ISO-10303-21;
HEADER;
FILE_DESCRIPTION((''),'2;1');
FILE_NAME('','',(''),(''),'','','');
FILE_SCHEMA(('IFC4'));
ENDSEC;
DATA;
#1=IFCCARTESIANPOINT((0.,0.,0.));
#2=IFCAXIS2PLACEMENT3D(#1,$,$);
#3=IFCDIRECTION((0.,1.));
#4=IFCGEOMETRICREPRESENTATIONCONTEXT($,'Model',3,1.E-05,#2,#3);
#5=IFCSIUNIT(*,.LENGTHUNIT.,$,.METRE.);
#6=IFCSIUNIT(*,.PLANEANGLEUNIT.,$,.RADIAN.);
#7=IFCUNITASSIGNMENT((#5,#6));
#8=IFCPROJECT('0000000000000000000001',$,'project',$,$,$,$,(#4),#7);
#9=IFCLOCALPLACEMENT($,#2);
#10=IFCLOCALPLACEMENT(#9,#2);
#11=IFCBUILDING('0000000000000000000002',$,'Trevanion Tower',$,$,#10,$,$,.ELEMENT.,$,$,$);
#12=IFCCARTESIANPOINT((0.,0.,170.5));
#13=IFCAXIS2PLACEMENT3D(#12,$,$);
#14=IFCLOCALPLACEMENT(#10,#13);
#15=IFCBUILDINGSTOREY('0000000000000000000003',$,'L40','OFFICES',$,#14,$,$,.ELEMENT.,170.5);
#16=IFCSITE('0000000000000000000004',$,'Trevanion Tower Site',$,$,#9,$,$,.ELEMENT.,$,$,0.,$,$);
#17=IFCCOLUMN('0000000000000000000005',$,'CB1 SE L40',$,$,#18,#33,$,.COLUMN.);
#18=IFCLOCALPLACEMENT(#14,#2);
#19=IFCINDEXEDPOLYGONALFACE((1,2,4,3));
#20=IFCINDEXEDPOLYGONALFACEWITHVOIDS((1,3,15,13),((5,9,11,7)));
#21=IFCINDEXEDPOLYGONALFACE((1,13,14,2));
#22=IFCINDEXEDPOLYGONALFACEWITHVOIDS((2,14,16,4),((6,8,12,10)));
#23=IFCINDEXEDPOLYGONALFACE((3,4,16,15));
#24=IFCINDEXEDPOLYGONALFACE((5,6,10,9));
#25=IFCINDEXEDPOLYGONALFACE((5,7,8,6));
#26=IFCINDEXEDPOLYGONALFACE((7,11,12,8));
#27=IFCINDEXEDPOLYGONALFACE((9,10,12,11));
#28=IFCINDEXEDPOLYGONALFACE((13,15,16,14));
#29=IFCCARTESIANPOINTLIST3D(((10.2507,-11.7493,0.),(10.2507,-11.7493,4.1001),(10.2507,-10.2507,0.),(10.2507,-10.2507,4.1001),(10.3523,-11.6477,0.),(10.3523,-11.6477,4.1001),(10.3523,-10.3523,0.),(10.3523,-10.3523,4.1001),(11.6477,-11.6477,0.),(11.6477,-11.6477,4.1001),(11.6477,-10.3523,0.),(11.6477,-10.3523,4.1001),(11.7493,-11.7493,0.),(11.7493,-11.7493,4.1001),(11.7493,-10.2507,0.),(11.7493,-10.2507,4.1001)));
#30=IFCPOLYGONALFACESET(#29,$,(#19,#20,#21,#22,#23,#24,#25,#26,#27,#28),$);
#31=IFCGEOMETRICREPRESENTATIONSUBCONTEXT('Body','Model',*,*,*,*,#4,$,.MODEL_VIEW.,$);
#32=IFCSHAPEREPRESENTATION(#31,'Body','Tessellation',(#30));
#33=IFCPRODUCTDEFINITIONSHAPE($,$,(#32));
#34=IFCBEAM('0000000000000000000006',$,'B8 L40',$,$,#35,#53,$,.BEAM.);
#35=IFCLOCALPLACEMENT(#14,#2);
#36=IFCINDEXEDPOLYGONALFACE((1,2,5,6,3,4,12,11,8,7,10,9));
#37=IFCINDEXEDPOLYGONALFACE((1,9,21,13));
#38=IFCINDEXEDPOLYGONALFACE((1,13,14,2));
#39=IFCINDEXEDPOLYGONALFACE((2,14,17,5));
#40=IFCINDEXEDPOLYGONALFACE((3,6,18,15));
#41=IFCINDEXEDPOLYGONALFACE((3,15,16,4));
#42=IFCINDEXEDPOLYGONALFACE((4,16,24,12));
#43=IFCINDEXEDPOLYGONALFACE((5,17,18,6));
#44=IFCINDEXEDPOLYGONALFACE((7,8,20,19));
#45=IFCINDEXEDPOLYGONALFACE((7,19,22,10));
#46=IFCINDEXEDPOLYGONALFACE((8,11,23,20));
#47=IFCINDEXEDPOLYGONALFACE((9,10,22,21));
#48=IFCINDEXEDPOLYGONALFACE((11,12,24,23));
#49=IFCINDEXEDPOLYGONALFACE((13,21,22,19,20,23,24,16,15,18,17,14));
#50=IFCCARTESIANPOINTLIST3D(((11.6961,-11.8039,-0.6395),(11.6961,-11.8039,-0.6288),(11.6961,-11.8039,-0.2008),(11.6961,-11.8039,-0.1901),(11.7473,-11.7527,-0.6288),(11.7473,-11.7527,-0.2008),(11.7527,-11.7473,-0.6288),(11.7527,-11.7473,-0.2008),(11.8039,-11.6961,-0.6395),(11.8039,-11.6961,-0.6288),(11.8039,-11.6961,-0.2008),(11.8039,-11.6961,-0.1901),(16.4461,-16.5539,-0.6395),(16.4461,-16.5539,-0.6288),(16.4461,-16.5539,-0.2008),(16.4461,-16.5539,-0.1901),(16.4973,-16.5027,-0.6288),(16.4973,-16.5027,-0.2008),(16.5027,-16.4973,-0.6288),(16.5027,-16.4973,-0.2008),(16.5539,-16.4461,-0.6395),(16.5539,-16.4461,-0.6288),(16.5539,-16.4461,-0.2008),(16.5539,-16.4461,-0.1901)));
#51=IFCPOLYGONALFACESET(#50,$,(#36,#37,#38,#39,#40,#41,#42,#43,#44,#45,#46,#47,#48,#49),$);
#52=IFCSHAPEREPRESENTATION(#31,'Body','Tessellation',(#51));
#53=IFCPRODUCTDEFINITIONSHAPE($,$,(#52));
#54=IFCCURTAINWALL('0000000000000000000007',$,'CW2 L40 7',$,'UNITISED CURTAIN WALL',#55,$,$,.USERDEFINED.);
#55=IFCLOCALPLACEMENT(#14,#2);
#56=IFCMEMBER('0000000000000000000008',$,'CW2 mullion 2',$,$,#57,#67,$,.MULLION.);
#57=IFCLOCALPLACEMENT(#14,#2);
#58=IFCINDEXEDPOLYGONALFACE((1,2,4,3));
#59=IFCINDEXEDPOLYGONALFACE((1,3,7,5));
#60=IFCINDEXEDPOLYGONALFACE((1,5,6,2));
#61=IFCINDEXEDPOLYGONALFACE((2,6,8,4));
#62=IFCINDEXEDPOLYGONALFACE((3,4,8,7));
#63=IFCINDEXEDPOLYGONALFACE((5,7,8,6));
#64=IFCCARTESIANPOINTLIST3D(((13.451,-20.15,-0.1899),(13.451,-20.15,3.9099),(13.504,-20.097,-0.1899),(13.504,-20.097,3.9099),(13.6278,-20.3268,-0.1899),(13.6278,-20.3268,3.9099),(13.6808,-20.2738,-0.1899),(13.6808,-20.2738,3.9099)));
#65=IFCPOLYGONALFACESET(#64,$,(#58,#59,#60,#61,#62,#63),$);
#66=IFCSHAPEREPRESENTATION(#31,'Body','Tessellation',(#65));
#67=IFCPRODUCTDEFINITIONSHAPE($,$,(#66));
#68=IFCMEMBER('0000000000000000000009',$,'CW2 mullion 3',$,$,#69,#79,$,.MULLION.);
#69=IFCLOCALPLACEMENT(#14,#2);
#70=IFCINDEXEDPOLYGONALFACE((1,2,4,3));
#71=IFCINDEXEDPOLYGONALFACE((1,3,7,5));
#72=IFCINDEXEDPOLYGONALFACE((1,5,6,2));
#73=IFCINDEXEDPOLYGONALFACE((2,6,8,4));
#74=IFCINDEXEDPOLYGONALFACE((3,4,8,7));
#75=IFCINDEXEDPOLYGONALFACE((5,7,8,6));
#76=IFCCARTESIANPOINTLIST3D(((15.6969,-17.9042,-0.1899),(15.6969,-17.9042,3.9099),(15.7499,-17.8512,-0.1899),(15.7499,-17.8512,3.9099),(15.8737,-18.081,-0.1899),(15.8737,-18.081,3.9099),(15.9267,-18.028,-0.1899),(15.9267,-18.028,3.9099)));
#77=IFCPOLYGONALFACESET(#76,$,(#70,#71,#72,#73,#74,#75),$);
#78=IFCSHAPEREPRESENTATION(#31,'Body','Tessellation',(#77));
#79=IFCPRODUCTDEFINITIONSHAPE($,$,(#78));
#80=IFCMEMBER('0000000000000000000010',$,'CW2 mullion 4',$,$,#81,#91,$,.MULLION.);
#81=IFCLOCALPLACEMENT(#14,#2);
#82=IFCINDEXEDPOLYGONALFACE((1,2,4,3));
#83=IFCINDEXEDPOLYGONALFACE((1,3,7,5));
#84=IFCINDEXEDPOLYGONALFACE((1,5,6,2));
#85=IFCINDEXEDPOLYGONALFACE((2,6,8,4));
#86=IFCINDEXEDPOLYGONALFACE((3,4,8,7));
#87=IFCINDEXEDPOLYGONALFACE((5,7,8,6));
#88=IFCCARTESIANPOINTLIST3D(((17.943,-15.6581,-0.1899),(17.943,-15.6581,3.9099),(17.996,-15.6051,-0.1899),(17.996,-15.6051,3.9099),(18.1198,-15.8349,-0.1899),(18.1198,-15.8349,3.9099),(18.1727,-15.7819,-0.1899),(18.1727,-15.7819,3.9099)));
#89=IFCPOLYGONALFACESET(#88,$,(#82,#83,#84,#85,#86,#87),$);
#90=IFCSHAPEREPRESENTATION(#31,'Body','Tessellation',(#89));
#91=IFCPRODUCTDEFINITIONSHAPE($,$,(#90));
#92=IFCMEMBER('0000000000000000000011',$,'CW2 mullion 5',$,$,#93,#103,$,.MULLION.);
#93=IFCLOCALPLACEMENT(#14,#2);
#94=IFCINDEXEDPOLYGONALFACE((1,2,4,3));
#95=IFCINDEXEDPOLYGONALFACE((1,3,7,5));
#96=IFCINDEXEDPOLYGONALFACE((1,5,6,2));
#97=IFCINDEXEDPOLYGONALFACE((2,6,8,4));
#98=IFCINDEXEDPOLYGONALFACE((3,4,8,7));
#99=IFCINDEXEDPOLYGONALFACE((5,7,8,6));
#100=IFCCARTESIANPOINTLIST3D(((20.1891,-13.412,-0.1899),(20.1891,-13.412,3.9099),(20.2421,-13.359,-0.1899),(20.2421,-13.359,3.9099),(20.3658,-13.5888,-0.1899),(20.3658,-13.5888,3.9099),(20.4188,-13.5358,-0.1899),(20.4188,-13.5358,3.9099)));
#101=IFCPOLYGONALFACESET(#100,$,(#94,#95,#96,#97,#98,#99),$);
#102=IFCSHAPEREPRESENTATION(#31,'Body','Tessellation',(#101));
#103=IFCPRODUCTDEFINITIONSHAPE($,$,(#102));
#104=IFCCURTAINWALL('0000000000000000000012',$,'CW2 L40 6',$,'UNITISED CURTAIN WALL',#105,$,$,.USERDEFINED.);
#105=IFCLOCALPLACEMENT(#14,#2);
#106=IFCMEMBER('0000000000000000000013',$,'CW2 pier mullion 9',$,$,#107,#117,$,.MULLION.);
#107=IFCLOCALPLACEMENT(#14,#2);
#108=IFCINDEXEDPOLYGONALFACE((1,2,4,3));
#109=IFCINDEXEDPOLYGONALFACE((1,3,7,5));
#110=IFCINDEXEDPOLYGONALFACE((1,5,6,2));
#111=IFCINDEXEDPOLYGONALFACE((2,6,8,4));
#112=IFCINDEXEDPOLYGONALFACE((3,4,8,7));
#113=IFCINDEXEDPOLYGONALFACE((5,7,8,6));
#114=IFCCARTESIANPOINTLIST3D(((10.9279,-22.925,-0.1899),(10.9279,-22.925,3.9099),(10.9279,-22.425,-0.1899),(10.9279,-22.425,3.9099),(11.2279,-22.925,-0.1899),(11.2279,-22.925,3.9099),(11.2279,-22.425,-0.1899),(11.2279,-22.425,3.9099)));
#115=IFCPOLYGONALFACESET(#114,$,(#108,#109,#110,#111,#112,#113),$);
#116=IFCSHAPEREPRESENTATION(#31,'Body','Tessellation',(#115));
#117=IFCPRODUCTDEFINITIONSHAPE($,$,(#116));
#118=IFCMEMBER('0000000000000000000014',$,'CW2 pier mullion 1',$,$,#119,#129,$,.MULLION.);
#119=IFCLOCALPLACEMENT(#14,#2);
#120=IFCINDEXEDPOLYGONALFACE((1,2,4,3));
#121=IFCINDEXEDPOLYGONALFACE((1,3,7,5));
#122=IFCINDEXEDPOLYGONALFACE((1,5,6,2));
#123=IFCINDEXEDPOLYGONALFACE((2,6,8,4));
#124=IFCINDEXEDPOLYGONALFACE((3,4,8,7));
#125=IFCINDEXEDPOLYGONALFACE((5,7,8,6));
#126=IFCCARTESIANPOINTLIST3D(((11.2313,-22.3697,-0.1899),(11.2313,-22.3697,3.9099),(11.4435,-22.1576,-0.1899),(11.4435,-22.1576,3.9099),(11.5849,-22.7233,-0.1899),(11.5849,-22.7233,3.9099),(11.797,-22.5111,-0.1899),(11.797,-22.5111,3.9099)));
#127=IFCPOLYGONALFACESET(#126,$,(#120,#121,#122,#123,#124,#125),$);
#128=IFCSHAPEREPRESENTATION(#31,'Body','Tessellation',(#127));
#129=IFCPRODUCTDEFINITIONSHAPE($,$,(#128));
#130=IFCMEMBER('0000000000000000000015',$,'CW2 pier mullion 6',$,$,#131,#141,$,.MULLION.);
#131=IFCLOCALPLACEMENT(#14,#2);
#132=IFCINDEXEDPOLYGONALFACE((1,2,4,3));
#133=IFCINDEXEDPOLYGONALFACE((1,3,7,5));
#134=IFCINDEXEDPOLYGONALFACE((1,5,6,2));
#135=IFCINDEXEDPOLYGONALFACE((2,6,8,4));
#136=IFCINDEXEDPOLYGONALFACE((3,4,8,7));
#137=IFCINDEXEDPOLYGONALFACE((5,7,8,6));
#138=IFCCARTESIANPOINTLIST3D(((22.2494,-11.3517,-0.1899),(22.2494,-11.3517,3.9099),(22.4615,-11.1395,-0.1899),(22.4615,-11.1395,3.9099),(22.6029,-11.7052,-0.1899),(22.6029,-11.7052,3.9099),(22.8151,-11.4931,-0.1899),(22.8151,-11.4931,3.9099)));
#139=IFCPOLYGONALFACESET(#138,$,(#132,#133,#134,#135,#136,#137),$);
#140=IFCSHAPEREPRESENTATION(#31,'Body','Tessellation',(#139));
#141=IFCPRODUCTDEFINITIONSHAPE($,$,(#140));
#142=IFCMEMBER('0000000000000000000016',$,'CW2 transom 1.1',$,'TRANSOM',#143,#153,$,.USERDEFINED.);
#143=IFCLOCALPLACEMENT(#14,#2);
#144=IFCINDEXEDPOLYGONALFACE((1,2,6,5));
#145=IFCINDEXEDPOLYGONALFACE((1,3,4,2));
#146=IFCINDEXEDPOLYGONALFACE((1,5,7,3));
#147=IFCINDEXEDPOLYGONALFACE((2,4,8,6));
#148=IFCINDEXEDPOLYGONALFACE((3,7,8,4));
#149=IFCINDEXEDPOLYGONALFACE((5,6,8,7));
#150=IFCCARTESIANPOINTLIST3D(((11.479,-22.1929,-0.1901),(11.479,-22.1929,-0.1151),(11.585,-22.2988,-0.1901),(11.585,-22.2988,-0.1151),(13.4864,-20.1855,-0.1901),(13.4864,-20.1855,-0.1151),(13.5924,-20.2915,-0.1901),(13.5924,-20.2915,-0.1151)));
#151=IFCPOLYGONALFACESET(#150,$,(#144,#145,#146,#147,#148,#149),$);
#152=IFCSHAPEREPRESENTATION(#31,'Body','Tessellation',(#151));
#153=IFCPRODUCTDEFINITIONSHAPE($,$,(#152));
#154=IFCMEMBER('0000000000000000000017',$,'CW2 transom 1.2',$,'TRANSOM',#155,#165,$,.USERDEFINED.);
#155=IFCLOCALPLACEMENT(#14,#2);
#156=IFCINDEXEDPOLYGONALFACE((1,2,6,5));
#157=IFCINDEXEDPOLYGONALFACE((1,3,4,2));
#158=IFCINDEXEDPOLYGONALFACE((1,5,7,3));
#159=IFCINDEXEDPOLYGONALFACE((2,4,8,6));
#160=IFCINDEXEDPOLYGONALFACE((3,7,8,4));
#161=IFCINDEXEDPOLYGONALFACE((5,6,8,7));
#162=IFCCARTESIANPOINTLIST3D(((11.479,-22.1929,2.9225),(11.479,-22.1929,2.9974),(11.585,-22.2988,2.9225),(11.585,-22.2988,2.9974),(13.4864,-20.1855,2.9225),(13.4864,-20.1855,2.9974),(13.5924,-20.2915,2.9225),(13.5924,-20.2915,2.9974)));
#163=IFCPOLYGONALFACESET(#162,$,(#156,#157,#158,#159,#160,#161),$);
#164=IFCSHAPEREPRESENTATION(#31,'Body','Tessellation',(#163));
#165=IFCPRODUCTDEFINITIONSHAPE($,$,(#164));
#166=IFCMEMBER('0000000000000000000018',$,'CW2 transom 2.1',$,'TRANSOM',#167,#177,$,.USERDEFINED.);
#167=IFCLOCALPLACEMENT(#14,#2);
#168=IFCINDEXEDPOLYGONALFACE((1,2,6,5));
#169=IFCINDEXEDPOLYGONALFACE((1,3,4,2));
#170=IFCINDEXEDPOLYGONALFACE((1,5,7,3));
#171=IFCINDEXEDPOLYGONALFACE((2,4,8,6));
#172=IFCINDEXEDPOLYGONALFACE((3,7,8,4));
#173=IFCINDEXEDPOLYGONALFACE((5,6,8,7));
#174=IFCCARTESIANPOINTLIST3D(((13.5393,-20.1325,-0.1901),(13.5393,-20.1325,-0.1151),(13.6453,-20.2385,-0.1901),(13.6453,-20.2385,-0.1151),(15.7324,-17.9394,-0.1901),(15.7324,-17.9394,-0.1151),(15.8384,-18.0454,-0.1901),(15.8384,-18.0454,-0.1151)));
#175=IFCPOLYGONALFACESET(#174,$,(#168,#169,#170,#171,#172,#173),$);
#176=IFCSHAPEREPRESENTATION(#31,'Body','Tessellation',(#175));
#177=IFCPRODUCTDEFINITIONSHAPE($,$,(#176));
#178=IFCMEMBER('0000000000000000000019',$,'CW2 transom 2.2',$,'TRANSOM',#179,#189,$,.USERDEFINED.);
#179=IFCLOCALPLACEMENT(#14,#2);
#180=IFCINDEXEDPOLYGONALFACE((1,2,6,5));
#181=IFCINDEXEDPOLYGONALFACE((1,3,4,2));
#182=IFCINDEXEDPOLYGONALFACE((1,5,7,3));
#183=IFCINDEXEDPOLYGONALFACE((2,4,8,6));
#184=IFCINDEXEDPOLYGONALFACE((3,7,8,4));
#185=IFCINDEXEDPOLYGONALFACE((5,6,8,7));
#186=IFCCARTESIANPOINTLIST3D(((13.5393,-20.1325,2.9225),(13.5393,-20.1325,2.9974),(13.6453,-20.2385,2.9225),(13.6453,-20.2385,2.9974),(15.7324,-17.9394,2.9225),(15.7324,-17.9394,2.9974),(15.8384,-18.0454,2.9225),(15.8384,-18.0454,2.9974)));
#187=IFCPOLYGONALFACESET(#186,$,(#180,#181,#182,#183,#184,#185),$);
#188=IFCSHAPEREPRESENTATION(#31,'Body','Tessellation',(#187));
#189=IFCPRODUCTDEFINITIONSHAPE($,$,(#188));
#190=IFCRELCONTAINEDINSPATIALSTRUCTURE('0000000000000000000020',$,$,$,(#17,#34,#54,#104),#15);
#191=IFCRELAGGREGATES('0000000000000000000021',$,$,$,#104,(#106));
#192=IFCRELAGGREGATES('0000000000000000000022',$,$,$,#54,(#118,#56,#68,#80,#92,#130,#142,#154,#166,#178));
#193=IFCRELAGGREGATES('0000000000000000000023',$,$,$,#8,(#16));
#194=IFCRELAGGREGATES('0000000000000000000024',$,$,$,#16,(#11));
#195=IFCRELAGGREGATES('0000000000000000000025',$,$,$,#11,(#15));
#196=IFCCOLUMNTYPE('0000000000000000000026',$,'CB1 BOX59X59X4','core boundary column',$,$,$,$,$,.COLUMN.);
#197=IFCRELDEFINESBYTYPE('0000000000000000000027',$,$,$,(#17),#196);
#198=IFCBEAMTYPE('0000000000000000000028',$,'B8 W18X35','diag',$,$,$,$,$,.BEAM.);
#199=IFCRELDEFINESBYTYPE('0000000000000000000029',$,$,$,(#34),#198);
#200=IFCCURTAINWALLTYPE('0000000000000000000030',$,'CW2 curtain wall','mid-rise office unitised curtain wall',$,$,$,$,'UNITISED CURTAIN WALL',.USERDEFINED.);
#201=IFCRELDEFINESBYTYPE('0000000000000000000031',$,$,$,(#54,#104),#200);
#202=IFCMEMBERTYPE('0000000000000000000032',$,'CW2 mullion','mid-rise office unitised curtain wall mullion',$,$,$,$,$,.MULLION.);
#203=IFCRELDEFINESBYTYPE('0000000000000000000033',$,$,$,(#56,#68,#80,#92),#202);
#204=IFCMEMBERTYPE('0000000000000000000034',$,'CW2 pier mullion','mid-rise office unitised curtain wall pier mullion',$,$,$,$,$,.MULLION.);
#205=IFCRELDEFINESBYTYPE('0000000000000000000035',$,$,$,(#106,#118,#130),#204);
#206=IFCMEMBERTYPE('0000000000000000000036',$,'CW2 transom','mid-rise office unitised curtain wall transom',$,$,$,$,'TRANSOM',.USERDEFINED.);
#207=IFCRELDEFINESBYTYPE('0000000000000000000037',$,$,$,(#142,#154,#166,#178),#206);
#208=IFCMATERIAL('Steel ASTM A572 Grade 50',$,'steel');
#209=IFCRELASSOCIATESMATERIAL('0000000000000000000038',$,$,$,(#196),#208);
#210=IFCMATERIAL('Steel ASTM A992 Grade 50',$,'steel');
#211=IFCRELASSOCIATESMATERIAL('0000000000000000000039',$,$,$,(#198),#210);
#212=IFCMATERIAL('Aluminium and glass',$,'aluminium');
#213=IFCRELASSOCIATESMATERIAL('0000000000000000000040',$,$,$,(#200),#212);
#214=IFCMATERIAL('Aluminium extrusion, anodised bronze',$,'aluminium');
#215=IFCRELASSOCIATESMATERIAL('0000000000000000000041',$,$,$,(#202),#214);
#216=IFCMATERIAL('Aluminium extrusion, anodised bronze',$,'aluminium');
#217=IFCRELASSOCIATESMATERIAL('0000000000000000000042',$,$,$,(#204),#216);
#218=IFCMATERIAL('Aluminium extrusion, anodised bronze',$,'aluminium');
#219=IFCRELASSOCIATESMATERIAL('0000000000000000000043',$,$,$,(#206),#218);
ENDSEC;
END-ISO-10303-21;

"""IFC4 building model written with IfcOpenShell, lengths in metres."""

from ifc_helpers import new_model, si_unit, direction, frame, origin, origin_2d, place, context, subcontext, project, spatial, rectangle, hollow_rectangle, i_section, extrude, material, material_profile, profile_set, type_object, element, aggregate, save


model = new_model("IFC4")

# Units and contexts
model_context = context("Model", 3, precision=1e-05, world=origin(), true_north=direction((0.0, 1.0)))
body_context = subcontext(model_context, "Body", "Model", "MODEL_VIEW")
ifc_project = project(units=[si_unit("LENGTHUNIT", "METRE"), si_unit("PLANEANGLEUNIT", "RADIAN")], contexts=[model_context])

# Site, building, storey
site_placement = place(None, origin())
site = spatial("IfcSite", under=ifc_project, at=site_placement, Name="Trevanion Tower Site", CompositionType="ELEMENT", RefElevation=0.0)
building_placement = place(site_placement, origin())
building = spatial("IfcBuilding", under=site, at=building_placement, Name="Trevanion Tower", CompositionType="ELEMENT")
storey_placement = place(building_placement, frame((0.0, 0.0, 170.5)))
storey = spatial("IfcBuildingStorey", under=building, at=storey_placement, Name="L40", Description="OFFICES", CompositionType="ELEMENT", Elevation=170.5)

# Column
ifc_material_1 = material(Name="Steel ASTM A572 Grade 50", Category="steel")
ifc_material_profile_1 = material_profile(ifc_material_1, hollow_rectangle(XDim=1.4985, YDim=1.4985, WallThickness=0.1016, at=origin_2d()), Name="BOX59X59X4")
ifc_profile_set_1 = profile_set([ifc_material_profile_1], Name="Steel ASTM A572 Grade 50")
column_type = type_object("IfcColumnType", Name="CB1 BOX59X59X4", Description="core boundary column", PredefinedType="COLUMN", material=ifc_profile_set_1)
column_placement = place(storey_placement, frame((11.0, -11.0, 0.0), z_axis=(0.0, 0.0, 1.0), x_axis=(1.0, 0.0, 0.0)))
element("IfcColumn", 1, at=column_placement, inside=storey, type_object=column_type, Name="CB1 SE L40", PredefinedType="COLUMN", context=body_context, shape_type="SweptSolid", body=[
    extrude(hollow_rectangle(XDim=1.4985, YDim=1.4985, WallThickness=0.1016, at=origin_2d()), origin(), (0.0, 0.0, 1.0), 4.1001),
])

# Beam
ifc_material_2 = material(Name="Steel ASTM A992 Grade 50", Category="steel")
ifc_material_profile_2 = material_profile(ifc_material_2, i_section(OverallWidth=0.1523, OverallDepth=0.4495, WebThickness=0.0076, FlangeThickness=0.0107, at=origin_2d()), Name="W18X35")
ifc_profile_set_2 = profile_set([ifc_material_profile_2], Name="Steel ASTM A992 Grade 50")
beam_type = type_object("IfcBeamType", Name="B8 W18X35", Description="diag", PredefinedType="BEAM", material=ifc_profile_set_2)
beam_placement = place(storey_placement, frame((11.75, -11.75, -0.4148), z_axis=(0.707107, -0.707107, 0.0), x_axis=(0.707107, 0.707107, 0.0)))
element("IfcBeam", 2, at=beam_placement, inside=storey, type_object=beam_type, Name="B8 L40", PredefinedType="BEAM", context=body_context, shape_type="SweptSolid", body=[
    extrude(i_section(OverallWidth=0.1523, OverallDepth=0.4495, WebThickness=0.0076, FlangeThickness=0.0107, at=origin_2d()), origin(), (0.0, 0.0, 1.0), 6.7175),
])

# Curtain wall, members
ifc_material_3 = material(Name="Aluminium and glass", Category="aluminium")
curtain_wall_type = type_object("IfcCurtainWallType", Name="CW2 curtain wall", Description="mid-rise office unitised curtain wall", ElementType="UNITISED CURTAIN WALL", PredefinedType="USERDEFINED", material=ifc_material_3)
curtain_wall_1_placement = place(storey_placement, origin())
curtain_wall_1 = element("IfcCurtainWall", 3, at=curtain_wall_1_placement, inside=storey, type_object=curtain_wall_type, Name="CW2 L40 7", ObjectType="UNITISED CURTAIN WALL", PredefinedType="USERDEFINED")
ifc_material_4 = material(Name="Aluminium extrusion, anodised bronze", Category="aluminium")
ifc_material_profile_3 = material_profile(ifc_material_4, rectangle(XDim=0.075, YDim=0.25, at=origin_2d()), Name="CW2 mullion")
ifc_profile_set_3 = profile_set([ifc_material_profile_3], Name="Aluminium extrusion, anodised bronze")
member_type_1 = type_object("IfcMemberType", Name="CW2 mullion", Description="mid-rise office unitised curtain wall mullion", PredefinedType="MULLION", material=ifc_profile_set_3)
member_1_placement = place(storey_placement, frame((13.5659, -20.2119, -0.1899), z_axis=(0.0, 0.0, 1.0), x_axis=(0.707107, 0.707107, 0.0)))
member_1 = element("IfcMember", 4, at=member_1_placement, type_object=member_type_1, Name="CW2 mullion 2", PredefinedType="MULLION", context=body_context, shape_type="SweptSolid", body=[
    extrude(rectangle(XDim=0.075, YDim=0.25, at=origin_2d()), origin(), (0.0, 0.0, 1.0), 4.0999),
])
member_2_placement = place(storey_placement, frame((15.8118, -17.9661, -0.1899), z_axis=(0.0, 0.0, 1.0), x_axis=(0.707107, 0.707107, 0.0)))
member_2 = element("IfcMember", 5, at=member_2_placement, type_object=member_type_1, Name="CW2 mullion 3", PredefinedType="MULLION", context=body_context, shape_type="SweptSolid", body=[
    extrude(rectangle(XDim=0.075, YDim=0.25, at=origin_2d()), origin(), (0.0, 0.0, 1.0), 4.0999),
])
member_3_placement = place(storey_placement, frame((18.0579, -15.72, -0.1899), z_axis=(0.0, 0.0, 1.0), x_axis=(0.707107, 0.707107, 0.0)))
member_3 = element("IfcMember", 6, at=member_3_placement, type_object=member_type_1, Name="CW2 mullion 4", PredefinedType="MULLION", context=body_context, shape_type="SweptSolid", body=[
    extrude(rectangle(XDim=0.075, YDim=0.25, at=origin_2d()), origin(), (0.0, 0.0, 1.0), 4.0999),
])
member_4_placement = place(storey_placement, frame((20.304, -13.4739, -0.1899), z_axis=(0.0, 0.0, 1.0), x_axis=(0.707107, 0.707107, 0.0)))
member_4 = element("IfcMember", 7, at=member_4_placement, type_object=member_type_1, Name="CW2 mullion 5", PredefinedType="MULLION", context=body_context, shape_type="SweptSolid", body=[
    extrude(rectangle(XDim=0.075, YDim=0.25, at=origin_2d()), origin(), (0.0, 0.0, 1.0), 4.0999),
])

# Curtain wall, member
curtain_wall_2_placement = place(storey_placement, origin())
curtain_wall_2 = element("IfcCurtainWall", 8, at=curtain_wall_2_placement, inside=storey, type_object=curtain_wall_type, Name="CW2 L40 6", ObjectType="UNITISED CURTAIN WALL", PredefinedType="USERDEFINED")
ifc_material_5 = material(Name="Aluminium extrusion, anodised bronze", Category="aluminium")
ifc_material_profile_4 = material_profile(ifc_material_5, rectangle(XDim=0.3, YDim=0.5, at=origin_2d()), Name="CW2 pier mullion")
ifc_profile_set_4 = profile_set([ifc_material_profile_4], Name="Aluminium extrusion, anodised bronze")
member_type_2 = type_object("IfcMemberType", Name="CW2 pier mullion", Description="mid-rise office unitised curtain wall pier mullion", PredefinedType="MULLION", material=ifc_profile_set_4)
member_5_placement = place(storey_placement, frame((11.0779, -22.675, -0.1899), z_axis=(0.0, 0.0, 1.0), x_axis=(1.0, 0.0, 0.0)))
member_5 = element("IfcMember", 9, at=member_5_placement, type_object=member_type_2, Name="CW2 pier mullion 9", PredefinedType="MULLION", context=body_context, shape_type="SweptSolid", body=[
    extrude(rectangle(XDim=0.3, YDim=0.5, at=origin_2d()), origin(), (0.0, 0.0, 1.0), 4.0999),
])
aggregate(curtain_wall_2, [member_5])

# Members
member_6_placement = place(storey_placement, frame((11.5142, -22.4404, -0.1899), z_axis=(0.0, 0.0, 1.0), x_axis=(0.707107, 0.707107, 0.0)))
member_6 = element("IfcMember", 10, at=member_6_placement, type_object=member_type_2, Name="CW2 pier mullion 1", PredefinedType="MULLION", context=body_context, shape_type="SweptSolid", body=[
    extrude(rectangle(XDim=0.3, YDim=0.5, at=origin_2d()), origin(), (0.0, 0.0, 1.0), 4.0999),
])
member_7_placement = place(storey_placement, frame((22.5322, -11.4224, -0.1899), z_axis=(0.0, 0.0, 1.0), x_axis=(0.707107, 0.707107, 0.0)))
member_7 = element("IfcMember", 11, at=member_7_placement, type_object=member_type_2, Name="CW2 pier mullion 6", PredefinedType="MULLION", context=body_context, shape_type="SweptSolid", body=[
    extrude(rectangle(XDim=0.3, YDim=0.5, at=origin_2d()), origin(), (0.0, 0.0, 1.0), 4.0999),
])
ifc_material_6 = material(Name="Aluminium extrusion, anodised bronze", Category="aluminium")
ifc_material_profile_5 = material_profile(ifc_material_6, rectangle(XDim=0.1499, YDim=0.075, at=origin_2d()), Name="CW2 transom")
ifc_profile_set_5 = profile_set([ifc_material_profile_5], Name="Aluminium extrusion, anodised bronze")
member_type_3 = type_object("IfcMemberType", Name="CW2 transom", Description="mid-rise office unitised curtain wall transom", ElementType="TRANSOM", PredefinedType="USERDEFINED", material=ifc_profile_set_5)
member_8_placement = place(storey_placement, frame((11.532, -22.2458, -0.1526), z_axis=(0.707107, 0.707107, 0.0), x_axis=(-0.707107, 0.707107, 0.0)))
member_8 = element("IfcMember", 12, at=member_8_placement, type_object=member_type_3, Name="CW2 transom 1.1", ObjectType="TRANSOM", PredefinedType="USERDEFINED", context=body_context, shape_type="SweptSolid", body=[
    extrude(rectangle(XDim=0.1499, YDim=0.075, at=origin_2d()), origin(), (0.0, 0.0, 1.0), 2.8389),
])
member_9_placement = place(storey_placement, frame((11.532, -22.2458, 2.96), z_axis=(0.707107, 0.707107, 0.0), x_axis=(-0.707107, 0.707107, 0.0)))
member_9 = element("IfcMember", 13, at=member_9_placement, type_object=member_type_3, Name="CW2 transom 1.2", ObjectType="TRANSOM", PredefinedType="USERDEFINED", context=body_context, shape_type="SweptSolid", body=[
    extrude(rectangle(XDim=0.1499, YDim=0.075, at=origin_2d()), origin(), (0.0, 0.0, 1.0), 2.8389),
])
member_10_placement = place(storey_placement, frame((13.5923, -20.1855, -0.1526), z_axis=(0.707107, 0.707107, 0.0), x_axis=(-0.707107, 0.707107, 0.0)))
member_10 = element("IfcMember", 14, at=member_10_placement, type_object=member_type_3, Name="CW2 transom 2.1", ObjectType="TRANSOM", PredefinedType="USERDEFINED", context=body_context, shape_type="SweptSolid", body=[
    extrude(rectangle(XDim=0.1499, YDim=0.075, at=origin_2d()), origin(), (0.0, 0.0, 1.0), 3.1016),
])
member_11_placement = place(storey_placement, frame((13.5923, -20.1855, 2.96), z_axis=(0.707107, 0.707107, 0.0), x_axis=(-0.707107, 0.707107, 0.0)))
member_11 = element("IfcMember", 15, at=member_11_placement, type_object=member_type_3, Name="CW2 transom 2.2", ObjectType="TRANSOM", PredefinedType="USERDEFINED", context=body_context, shape_type="SweptSolid", body=[
    extrude(rectangle(XDim=0.1499, YDim=0.075, at=origin_2d()), origin(), (0.0, 0.0, 1.0), 3.1016),
])

aggregate(curtain_wall_1, [member_6, member_1, member_2, member_3, member_4, member_7, member_8, member_9, member_10, member_11])

save(model, "model.ifc")
